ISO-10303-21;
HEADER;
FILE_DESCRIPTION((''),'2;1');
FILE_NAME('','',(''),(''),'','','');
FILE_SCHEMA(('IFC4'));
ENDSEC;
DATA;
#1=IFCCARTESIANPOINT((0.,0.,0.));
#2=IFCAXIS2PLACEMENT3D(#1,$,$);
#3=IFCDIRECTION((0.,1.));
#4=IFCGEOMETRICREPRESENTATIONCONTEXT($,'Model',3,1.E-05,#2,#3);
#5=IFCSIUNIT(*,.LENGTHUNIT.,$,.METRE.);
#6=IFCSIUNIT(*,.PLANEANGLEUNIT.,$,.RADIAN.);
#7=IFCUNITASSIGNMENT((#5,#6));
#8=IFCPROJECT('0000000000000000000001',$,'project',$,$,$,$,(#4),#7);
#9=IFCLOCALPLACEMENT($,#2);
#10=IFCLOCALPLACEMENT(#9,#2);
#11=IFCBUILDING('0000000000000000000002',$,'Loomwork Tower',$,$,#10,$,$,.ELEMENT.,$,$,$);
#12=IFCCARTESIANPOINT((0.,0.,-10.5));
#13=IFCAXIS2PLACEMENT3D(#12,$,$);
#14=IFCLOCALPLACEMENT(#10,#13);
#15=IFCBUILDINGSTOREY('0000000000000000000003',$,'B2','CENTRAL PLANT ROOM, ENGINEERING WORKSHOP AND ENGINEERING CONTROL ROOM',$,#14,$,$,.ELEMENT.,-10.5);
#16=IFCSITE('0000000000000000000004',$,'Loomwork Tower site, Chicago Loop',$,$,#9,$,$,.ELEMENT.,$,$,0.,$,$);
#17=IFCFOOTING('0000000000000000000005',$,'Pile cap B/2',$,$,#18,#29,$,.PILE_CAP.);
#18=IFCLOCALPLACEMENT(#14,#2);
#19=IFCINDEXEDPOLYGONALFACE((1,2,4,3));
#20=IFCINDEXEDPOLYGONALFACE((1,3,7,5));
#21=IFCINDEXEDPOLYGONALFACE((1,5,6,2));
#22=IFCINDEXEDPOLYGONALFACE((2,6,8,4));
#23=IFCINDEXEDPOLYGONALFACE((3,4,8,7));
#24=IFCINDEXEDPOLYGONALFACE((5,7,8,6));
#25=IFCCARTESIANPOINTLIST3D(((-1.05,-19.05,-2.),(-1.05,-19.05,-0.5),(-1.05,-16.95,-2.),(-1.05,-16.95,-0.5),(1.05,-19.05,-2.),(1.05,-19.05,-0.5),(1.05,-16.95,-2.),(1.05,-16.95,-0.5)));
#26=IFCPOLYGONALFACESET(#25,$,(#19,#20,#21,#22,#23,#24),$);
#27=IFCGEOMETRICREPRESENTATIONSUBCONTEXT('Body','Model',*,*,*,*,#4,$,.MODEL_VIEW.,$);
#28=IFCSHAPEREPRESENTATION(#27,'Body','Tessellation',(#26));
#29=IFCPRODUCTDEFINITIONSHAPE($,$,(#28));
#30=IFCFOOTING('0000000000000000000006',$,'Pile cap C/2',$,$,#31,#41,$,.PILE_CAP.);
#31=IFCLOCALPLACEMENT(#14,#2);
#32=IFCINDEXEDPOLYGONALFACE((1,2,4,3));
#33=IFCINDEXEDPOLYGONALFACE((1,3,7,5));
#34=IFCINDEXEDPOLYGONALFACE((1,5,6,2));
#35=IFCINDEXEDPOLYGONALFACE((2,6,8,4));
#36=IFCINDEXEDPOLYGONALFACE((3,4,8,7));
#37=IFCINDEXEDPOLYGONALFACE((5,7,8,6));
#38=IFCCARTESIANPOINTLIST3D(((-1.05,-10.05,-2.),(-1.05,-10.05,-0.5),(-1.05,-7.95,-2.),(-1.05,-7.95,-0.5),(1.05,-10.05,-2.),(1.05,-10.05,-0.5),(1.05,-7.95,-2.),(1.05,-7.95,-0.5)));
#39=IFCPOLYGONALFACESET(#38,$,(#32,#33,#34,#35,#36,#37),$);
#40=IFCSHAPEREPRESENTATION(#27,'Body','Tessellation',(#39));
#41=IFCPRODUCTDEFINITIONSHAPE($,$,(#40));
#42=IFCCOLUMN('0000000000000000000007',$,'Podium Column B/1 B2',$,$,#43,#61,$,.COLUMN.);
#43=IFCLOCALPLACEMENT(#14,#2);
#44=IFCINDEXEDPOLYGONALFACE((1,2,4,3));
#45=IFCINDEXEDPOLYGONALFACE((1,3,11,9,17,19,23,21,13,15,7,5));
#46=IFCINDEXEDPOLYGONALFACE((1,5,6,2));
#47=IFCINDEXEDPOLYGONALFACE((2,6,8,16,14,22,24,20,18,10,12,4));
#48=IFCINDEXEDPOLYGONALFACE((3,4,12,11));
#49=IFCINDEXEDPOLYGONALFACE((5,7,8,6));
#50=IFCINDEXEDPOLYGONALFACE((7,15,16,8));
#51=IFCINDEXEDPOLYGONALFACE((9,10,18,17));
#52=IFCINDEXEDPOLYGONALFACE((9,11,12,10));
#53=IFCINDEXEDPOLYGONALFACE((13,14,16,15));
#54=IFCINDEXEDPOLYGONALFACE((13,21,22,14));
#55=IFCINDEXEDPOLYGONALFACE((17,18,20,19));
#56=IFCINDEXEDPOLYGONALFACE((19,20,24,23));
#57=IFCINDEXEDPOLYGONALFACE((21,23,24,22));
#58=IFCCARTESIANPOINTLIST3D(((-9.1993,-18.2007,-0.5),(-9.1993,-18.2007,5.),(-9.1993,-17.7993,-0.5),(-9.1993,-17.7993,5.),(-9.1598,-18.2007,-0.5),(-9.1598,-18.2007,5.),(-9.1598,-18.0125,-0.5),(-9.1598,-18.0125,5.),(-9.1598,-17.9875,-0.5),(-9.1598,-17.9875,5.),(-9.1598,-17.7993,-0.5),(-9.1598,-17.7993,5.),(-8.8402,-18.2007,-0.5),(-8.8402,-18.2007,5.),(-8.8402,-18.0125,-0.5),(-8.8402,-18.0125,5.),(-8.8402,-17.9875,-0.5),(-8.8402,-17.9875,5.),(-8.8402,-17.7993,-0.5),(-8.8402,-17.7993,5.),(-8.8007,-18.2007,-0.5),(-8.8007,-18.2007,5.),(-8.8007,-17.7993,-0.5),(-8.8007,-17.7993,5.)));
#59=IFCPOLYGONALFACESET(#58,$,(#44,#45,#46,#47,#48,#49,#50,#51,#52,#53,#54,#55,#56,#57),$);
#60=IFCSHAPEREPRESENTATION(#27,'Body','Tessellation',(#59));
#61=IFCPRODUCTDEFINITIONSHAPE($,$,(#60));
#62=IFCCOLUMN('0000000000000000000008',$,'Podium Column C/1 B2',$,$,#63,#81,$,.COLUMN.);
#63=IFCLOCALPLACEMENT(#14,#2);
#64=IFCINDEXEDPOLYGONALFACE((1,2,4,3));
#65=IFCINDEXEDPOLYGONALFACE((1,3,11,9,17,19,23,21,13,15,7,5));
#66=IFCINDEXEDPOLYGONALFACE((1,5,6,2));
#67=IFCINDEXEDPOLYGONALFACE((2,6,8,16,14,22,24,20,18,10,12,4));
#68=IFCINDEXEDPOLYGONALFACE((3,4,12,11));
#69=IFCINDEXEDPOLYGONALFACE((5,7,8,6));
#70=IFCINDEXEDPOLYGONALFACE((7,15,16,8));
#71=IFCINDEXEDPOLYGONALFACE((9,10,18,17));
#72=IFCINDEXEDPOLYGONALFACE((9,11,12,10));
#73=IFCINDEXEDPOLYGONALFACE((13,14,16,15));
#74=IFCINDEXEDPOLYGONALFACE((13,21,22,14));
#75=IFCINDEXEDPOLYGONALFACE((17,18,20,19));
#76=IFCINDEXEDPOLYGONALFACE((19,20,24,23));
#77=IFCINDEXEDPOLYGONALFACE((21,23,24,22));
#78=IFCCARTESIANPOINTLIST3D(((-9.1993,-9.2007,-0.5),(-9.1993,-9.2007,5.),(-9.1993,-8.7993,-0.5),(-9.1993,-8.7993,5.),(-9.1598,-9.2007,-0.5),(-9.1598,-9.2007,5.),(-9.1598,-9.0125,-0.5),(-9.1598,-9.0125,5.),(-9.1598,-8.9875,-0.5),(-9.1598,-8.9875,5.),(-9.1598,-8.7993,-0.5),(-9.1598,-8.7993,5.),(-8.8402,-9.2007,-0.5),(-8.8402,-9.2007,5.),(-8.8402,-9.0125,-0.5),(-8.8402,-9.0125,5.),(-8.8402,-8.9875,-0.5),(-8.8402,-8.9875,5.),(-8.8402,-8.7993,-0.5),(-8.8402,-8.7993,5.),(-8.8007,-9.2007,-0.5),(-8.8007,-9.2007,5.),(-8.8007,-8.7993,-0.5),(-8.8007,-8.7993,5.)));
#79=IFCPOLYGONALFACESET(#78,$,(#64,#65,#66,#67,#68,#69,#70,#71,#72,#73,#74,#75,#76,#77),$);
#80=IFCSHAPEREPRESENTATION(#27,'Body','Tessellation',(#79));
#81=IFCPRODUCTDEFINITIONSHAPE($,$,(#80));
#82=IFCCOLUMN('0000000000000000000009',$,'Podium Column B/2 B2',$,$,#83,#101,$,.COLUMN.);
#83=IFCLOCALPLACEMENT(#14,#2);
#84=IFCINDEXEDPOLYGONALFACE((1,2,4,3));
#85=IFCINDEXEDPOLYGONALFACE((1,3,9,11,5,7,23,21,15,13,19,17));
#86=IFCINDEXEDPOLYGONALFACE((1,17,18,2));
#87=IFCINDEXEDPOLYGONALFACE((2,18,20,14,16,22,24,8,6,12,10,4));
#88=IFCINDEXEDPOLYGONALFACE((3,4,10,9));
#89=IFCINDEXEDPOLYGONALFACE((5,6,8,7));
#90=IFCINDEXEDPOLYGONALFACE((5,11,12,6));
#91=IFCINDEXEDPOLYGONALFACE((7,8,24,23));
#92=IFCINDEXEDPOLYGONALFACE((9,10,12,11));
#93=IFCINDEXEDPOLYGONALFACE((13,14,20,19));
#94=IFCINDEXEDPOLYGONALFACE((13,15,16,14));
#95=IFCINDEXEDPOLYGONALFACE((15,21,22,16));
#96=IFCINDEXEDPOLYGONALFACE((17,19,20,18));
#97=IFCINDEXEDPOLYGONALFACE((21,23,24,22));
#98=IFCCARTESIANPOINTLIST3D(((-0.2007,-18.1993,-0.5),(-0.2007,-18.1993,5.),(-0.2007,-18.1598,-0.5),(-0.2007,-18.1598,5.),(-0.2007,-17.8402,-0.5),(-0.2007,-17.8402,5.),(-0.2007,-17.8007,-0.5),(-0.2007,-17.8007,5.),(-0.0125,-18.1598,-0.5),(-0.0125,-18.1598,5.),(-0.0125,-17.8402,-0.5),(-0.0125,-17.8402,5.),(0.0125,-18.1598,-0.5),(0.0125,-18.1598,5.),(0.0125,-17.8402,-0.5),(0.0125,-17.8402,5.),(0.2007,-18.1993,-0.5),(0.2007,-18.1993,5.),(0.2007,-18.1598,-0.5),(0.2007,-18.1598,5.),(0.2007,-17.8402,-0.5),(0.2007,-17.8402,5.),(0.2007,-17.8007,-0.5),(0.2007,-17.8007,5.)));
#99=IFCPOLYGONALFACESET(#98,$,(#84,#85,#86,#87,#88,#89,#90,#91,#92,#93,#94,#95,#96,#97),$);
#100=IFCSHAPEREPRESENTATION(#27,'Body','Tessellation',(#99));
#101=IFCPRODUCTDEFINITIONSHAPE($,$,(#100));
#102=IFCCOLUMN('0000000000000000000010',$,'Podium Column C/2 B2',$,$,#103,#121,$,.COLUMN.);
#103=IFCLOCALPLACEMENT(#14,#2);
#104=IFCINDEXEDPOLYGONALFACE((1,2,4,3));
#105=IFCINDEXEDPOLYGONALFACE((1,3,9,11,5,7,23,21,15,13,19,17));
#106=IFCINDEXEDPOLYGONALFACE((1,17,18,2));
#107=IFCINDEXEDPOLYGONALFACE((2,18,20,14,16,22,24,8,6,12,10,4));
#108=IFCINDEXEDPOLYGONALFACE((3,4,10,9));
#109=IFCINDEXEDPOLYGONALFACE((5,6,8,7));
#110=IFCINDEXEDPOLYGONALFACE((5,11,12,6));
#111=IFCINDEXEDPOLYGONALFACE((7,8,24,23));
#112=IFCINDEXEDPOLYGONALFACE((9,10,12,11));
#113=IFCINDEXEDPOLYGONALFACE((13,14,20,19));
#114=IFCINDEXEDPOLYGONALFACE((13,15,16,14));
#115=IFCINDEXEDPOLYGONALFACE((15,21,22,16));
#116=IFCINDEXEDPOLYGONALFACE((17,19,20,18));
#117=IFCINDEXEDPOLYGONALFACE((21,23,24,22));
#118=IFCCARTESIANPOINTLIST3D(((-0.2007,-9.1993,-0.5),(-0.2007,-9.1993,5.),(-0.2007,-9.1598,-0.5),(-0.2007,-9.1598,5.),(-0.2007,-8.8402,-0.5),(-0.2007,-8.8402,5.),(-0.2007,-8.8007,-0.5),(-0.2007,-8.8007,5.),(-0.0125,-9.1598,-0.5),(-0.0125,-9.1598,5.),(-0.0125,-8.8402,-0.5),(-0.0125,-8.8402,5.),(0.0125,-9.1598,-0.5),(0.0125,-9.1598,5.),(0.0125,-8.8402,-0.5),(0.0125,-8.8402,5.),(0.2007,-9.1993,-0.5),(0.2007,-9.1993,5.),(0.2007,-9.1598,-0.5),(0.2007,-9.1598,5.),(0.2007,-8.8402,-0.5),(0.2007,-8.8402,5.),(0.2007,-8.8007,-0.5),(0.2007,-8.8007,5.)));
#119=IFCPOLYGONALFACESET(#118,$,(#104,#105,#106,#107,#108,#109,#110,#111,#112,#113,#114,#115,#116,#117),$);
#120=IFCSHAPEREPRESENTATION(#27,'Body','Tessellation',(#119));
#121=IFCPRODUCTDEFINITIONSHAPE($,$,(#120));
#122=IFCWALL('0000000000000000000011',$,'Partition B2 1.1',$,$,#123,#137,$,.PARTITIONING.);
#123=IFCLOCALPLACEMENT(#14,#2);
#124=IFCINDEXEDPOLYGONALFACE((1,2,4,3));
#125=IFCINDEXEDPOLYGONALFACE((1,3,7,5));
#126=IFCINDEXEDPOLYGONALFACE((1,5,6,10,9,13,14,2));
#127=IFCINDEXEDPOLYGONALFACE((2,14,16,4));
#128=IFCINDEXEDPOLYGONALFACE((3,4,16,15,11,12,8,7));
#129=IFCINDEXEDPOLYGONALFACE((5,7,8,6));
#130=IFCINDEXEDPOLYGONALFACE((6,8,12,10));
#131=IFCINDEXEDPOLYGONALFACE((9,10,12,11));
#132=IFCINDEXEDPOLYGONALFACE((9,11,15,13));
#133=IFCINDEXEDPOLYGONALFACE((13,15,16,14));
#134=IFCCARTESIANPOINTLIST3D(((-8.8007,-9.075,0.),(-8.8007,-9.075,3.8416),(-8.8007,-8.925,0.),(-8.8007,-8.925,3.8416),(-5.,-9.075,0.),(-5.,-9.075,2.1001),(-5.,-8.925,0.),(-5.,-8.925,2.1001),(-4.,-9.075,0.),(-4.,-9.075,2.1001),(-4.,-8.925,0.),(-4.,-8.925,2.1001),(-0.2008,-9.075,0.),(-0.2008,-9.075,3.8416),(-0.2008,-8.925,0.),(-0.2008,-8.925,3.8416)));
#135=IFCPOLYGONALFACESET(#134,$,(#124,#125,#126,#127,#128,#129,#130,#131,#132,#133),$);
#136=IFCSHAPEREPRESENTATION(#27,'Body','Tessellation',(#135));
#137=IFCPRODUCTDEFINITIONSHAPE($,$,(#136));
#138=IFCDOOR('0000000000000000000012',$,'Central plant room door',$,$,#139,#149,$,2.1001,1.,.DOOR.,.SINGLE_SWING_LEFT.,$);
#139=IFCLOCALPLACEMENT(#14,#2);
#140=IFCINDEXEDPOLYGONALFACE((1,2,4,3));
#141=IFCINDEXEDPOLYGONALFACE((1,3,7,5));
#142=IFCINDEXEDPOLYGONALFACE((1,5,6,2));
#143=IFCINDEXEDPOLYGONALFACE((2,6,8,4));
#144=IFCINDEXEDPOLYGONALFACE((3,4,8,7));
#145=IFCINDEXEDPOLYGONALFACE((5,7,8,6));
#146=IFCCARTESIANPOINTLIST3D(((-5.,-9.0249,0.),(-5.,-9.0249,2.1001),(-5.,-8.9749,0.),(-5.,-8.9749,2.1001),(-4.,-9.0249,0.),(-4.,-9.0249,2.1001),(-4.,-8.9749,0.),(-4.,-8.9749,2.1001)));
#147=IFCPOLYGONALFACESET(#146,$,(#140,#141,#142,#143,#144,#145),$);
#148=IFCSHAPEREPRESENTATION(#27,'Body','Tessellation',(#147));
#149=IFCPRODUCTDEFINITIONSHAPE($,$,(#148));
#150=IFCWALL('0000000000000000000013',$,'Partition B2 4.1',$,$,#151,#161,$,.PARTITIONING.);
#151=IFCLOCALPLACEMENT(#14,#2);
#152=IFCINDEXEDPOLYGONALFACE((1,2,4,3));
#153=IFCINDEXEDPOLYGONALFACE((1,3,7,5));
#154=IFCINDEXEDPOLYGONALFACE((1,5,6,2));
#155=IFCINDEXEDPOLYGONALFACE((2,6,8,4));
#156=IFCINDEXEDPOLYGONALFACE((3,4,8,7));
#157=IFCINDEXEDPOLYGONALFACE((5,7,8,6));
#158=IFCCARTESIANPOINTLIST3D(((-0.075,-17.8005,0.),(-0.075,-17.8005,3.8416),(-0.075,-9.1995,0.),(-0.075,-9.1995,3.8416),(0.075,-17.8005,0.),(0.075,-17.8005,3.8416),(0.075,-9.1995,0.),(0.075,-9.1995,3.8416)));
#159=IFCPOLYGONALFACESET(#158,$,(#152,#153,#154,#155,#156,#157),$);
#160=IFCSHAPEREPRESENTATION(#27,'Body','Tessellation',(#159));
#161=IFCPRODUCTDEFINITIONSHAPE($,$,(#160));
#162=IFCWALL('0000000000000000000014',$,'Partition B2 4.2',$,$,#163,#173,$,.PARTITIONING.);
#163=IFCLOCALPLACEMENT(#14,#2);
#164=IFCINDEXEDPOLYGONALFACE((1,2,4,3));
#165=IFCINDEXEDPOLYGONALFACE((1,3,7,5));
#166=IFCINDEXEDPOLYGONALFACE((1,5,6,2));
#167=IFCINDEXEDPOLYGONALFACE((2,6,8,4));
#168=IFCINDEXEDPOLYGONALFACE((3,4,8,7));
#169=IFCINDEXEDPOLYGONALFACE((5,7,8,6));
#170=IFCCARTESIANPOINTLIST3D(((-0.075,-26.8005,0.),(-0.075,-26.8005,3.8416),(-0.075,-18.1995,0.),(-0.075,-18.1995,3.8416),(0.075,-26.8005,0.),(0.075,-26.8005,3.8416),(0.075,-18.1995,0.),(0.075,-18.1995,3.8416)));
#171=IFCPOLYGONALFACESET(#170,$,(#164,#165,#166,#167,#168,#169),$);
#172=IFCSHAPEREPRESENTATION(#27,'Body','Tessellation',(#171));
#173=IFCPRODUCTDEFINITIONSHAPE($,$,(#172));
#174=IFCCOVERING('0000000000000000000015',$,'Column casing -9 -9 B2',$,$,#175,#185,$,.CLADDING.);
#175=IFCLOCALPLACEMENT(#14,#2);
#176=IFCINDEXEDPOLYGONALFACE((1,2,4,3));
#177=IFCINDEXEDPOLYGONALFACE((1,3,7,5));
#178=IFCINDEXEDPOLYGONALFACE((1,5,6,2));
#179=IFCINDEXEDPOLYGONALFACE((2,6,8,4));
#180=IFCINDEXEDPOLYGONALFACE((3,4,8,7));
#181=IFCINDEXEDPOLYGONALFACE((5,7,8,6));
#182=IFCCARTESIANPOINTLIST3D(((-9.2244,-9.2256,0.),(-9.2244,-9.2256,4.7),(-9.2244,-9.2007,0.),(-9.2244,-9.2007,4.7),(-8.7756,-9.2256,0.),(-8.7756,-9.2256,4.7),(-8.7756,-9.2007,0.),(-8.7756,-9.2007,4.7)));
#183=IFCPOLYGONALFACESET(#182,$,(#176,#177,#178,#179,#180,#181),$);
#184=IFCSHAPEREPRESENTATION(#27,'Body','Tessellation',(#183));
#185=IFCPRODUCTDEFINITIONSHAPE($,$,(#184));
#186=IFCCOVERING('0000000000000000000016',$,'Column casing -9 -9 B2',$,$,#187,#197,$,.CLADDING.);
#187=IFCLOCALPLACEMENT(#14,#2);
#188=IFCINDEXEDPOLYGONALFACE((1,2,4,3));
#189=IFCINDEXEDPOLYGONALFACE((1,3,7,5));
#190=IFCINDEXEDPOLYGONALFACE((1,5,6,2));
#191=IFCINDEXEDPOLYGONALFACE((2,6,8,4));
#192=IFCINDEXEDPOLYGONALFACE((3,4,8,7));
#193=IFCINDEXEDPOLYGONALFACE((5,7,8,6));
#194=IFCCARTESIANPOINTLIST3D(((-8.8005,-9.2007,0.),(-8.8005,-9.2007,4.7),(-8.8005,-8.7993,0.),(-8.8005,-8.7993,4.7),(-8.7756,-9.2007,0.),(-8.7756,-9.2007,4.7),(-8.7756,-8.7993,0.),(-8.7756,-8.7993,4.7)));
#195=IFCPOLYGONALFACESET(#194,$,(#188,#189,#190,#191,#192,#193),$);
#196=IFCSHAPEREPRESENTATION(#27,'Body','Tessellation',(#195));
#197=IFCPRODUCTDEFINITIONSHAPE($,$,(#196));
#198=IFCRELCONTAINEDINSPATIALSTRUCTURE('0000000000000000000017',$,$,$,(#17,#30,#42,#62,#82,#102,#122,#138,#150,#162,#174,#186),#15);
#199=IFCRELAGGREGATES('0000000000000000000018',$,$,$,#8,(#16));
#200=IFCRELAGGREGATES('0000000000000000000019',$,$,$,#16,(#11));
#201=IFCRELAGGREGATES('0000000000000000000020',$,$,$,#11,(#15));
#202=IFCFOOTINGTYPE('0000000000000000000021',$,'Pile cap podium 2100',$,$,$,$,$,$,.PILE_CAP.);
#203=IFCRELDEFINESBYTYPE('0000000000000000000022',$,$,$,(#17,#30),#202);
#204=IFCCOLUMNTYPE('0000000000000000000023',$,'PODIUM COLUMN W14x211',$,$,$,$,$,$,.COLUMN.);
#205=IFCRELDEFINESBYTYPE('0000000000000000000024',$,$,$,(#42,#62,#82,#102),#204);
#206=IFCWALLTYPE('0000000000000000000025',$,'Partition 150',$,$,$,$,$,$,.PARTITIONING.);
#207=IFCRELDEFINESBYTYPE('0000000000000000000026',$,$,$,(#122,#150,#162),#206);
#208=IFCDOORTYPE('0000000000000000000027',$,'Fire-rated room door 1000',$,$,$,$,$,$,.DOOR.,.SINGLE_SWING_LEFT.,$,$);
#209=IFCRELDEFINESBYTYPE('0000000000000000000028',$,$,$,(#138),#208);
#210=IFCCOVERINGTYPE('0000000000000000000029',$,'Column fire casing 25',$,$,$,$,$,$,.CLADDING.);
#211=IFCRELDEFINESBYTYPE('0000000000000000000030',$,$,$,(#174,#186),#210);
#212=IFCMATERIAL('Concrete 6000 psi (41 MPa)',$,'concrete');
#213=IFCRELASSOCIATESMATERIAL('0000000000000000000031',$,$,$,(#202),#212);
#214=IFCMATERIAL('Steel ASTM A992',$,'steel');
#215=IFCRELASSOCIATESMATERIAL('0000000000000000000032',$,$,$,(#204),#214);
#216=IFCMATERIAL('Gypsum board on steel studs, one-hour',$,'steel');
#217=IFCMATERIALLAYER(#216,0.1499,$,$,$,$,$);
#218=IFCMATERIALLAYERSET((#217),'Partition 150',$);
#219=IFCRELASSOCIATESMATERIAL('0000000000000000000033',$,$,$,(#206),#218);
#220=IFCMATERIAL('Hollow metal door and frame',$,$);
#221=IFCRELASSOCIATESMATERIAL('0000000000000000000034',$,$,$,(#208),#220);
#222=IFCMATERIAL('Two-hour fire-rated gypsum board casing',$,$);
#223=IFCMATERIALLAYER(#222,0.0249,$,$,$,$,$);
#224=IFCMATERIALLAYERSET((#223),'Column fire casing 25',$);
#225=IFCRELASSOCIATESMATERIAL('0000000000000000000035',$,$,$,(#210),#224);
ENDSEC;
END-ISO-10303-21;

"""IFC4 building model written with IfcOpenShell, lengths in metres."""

from ifc_helpers import new_model, si_unit, direction, frame, frame_2d, origin, origin_2d, place, context, subcontext, project, spatial, rectangle, i_section, extrude, material, layer, layer_set, material_profile, profile_set, type_object, element, fill, save


model = new_model("IFC4")

# Units and contexts
model_context = context("Model", 3, precision=1e-05, world=origin(), true_north=direction((0.0, 1.0)))
body_context = subcontext(model_context, "Body", "Model", "MODEL_VIEW")
ifc_project = project(units=[si_unit("LENGTHUNIT", "METRE"), si_unit("PLANEANGLEUNIT", "RADIAN")], contexts=[model_context])

# Site, building, storey
site_placement = place(None, origin())
site = spatial("IfcSite", under=ifc_project, at=site_placement, Name="Loomwork Tower site, Chicago Loop", CompositionType="ELEMENT", RefElevation=0.0)
building_placement = place(site_placement, origin())
building = spatial("IfcBuilding", under=site, at=building_placement, Name="Loomwork Tower", CompositionType="ELEMENT")
storey_placement = place(building_placement, frame((0.0, 0.0, -10.5)))
storey = spatial("IfcBuildingStorey", under=building, at=storey_placement, Name="B2", Description="CENTRAL PLANT ROOM, ENGINEERING WORKSHOP AND ENGINEERING CONTROL ROOM", CompositionType="ELEMENT", Elevation=-10.5)

# Footings
ifc_material_1 = material(Name="Concrete 6000 psi (41 MPa)", Category="concrete")
footing_type = type_object("IfcFootingType", Name="Pile cap podium 2100", PredefinedType="PILE_CAP", material=ifc_material_1)
for number, where, z_axis, x_axis, name in (
    (1, (0.0, -18.0, -2.0), (0.0, 0.0, 1.0), (1.0, 0.0, 0.0), "Pile cap B/2"),
    (2, (0.0, -9.0, -2.0), (0.0, 0.0, 1.0), (1.0, 0.0, 0.0), "Pile cap C/2"),
):
    element("IfcFooting", number, at=place(storey_placement, frame(where, z_axis=z_axis, x_axis=x_axis)), inside=storey, type_object=footing_type, Name=name, PredefinedType="PILE_CAP", context=body_context, shape_type="SweptSolid", body=[
        extrude(rectangle(XDim=2.1001, YDim=2.1001, at=origin_2d()), origin(), (0.0, 0.0, 1.0), 1.5),
    ])

# Columns
ifc_material_2 = material(Name="Steel ASTM A992", Category="steel")
ifc_material_profile_1 = material_profile(ifc_material_2, i_section(OverallWidth=0.4014, OverallDepth=0.3987, WebThickness=0.0249, FlangeThickness=0.0396, at=origin_2d()), Name="W14x211")
ifc_profile_set_1 = profile_set([ifc_material_profile_1], Name="Steel ASTM A992")
column_type = type_object("IfcColumnType", Name="PODIUM COLUMN W14x211", PredefinedType="COLUMN", material=ifc_profile_set_1)
for number, where, z_axis, x_axis, name in (
    (3, (-9.0, -18.0, -0.5), (0.0, 0.0, 1.0), (0.0, 1.0, 0.0), "Podium Column B/1 B2"),
    (4, (-9.0, -9.0, -0.5), (0.0, 0.0, 1.0), (0.0, 1.0, 0.0), "Podium Column C/1 B2"),
    (5, (0.0, -18.0, -0.5), (0.0, 0.0, 1.0), (1.0, 0.0, 0.0), "Podium Column B/2 B2"),
    (6, (0.0, -9.0, -0.5), (0.0, 0.0, 1.0), (1.0, 0.0, 0.0), "Podium Column C/2 B2"),
):
    element("IfcColumn", number, at=place(storey_placement, frame(where, z_axis=z_axis, x_axis=x_axis)), inside=storey, type_object=column_type, Name=name, PredefinedType="COLUMN", context=body_context, shape_type="SweptSolid", body=[
        extrude(i_section(OverallWidth=0.4014, OverallDepth=0.3987, WebThickness=0.0249, FlangeThickness=0.0396, at=origin_2d()), origin(), (0.0, 0.0, 1.0), 5.5),
    ])

# Wall, opening, door
ifc_material_3 = material(Name="Gypsum board on steel studs, one-hour", Category="steel")
ifc_layer_1 = layer(ifc_material_3, 0.1499)
ifc_layer_set_1 = layer_set([ifc_layer_1], Name="Partition 150")
wall_type = type_object("IfcWallType", Name="Partition 150", PredefinedType="PARTITIONING", material=ifc_layer_set_1)
wall_placement = place(storey_placement, frame((-8.8005, -9.0, 0.0), z_axis=(0.0, 0.0, 1.0), x_axis=(1.0, 0.0, 0.0)))
wall = element("IfcWall", 7, at=wall_placement, inside=storey, type_object=wall_type, Name="Partition B2 1.1", PredefinedType="PARTITIONING", context=body_context, shape_type="SweptSolid", body=[
    extrude(rectangle(XDim=8.5999, YDim=0.1499, at=frame_2d((4.2998, 0.0))), origin(), (0.0, 0.0, 1.0), 3.8416),
])
opening_placement = place(wall_placement, frame((3.8005, 0.0, 0.0)))
opening = element("IfcOpeningElement", 8, at=opening_placement, cuts=wall, PredefinedType="OPENING", context=body_context, shape_type="SweptSolid", body=[
    extrude(rectangle(XDim=1.0, YDim=2.1001, at=frame_2d((0.5, 1.05))), frame((0.0, 0.085, 0.0), z_axis=(0.0, -1.0, 0.0), x_axis=(1.0, 0.0, 0.0)), (0.0, 0.0, 1.0), 0.1699),
])
ifc_material_4 = material(Name="Hollow metal door and frame")
door_type = type_object("IfcDoorType", Name="Fire-rated room door 1000", OperationType="SINGLE_SWING_LEFT", PredefinedType="DOOR", material=ifc_material_4)
door_placement = place(opening_placement, frame((1.0, 0.0, 0.0), z_axis=(0.0, 0.0, 1.0), x_axis=(-1.0, 0.0, 0.0)))
door = element("IfcDoor", 9, at=door_placement, inside=storey, type_object=door_type, Name="Central plant room door", OperationType="SINGLE_SWING_LEFT", OverallHeight=2.1001, OverallWidth=1.0, PredefinedType="DOOR", context=body_context, shape_type="SweptSolid", body=[
    extrude(rectangle(XDim=1.0, YDim=2.1001, at=frame_2d((0.5, 1.05))), frame((0.0, 0.0249, 0.0), z_axis=(0.0, -1.0, 0.0), x_axis=(1.0, 0.0, 0.0)), (0.0, 0.0, 1.0), 0.05),
])
fill(opening, door)

# Walls
for number, where, z_axis, x_axis, name in (
    (10, (0.0, -9.1995, 0.0), (0.0, 0.0, 1.0), (0.0, -1.0, 0.0), "Partition B2 4.1"),
    (11, (0.0, -18.1995, 0.0), (0.0, 0.0, 1.0), (0.0, -1.0, 0.0), "Partition B2 4.2"),
):
    element("IfcWall", number, at=place(storey_placement, frame(where, z_axis=z_axis, x_axis=x_axis)), inside=storey, type_object=wall_type, Name=name, PredefinedType="PARTITIONING", context=body_context, shape_type="SweptSolid", body=[
        extrude(rectangle(XDim=8.6011, YDim=0.1499, at=frame_2d((4.3005, 0.0))), origin(), (0.0, 0.0, 1.0), 3.8416),
    ])

# Coverings
ifc_material_5 = material(Name="Two-hour fire-rated gypsum board casing")
ifc_layer_2 = layer(ifc_material_5, 0.0249)
ifc_layer_set_2 = layer_set([ifc_layer_2], Name="Column fire casing 25")
covering_type = type_object("IfcCoveringType", Name="Column fire casing 25", PredefinedType="CLADDING", material=ifc_layer_set_2)
covering_1_placement = place(storey_placement, frame((-9.0, -9.2131, 0.0), z_axis=(0.0, 0.0, 1.0), x_axis=(1.0, 0.0, 0.0)))
element("IfcCovering", 12, at=covering_1_placement, inside=storey, type_object=covering_type, Name="Column casing -9 -9 B2", PredefinedType="CLADDING", context=body_context, shape_type="SweptSolid", body=[
    extrude(rectangle(XDim=0.4487, YDim=0.0249, at=origin_2d()), origin(), (0.0, 0.0, 1.0), 4.7),
])
for number, where, z_axis, x_axis, name in (
    (13, (-8.7881, -9.0, 0.0), (0.0, 0.0, 1.0), (1.0, 0.0, 0.0), "Column casing -9 -9 B2"),
):
    element("IfcCovering", number, at=place(storey_placement, frame(where, z_axis=z_axis, x_axis=x_axis)), inside=storey, type_object=covering_type, Name=name, PredefinedType="CLADDING", context=body_context, shape_type="SweptSolid", body=[
        extrude(rectangle(XDim=0.0249, YDim=0.4014, at=origin_2d()), origin(), (0.0, 0.0, 1.0), 4.7),
    ])

save(model, "model.ifc")
